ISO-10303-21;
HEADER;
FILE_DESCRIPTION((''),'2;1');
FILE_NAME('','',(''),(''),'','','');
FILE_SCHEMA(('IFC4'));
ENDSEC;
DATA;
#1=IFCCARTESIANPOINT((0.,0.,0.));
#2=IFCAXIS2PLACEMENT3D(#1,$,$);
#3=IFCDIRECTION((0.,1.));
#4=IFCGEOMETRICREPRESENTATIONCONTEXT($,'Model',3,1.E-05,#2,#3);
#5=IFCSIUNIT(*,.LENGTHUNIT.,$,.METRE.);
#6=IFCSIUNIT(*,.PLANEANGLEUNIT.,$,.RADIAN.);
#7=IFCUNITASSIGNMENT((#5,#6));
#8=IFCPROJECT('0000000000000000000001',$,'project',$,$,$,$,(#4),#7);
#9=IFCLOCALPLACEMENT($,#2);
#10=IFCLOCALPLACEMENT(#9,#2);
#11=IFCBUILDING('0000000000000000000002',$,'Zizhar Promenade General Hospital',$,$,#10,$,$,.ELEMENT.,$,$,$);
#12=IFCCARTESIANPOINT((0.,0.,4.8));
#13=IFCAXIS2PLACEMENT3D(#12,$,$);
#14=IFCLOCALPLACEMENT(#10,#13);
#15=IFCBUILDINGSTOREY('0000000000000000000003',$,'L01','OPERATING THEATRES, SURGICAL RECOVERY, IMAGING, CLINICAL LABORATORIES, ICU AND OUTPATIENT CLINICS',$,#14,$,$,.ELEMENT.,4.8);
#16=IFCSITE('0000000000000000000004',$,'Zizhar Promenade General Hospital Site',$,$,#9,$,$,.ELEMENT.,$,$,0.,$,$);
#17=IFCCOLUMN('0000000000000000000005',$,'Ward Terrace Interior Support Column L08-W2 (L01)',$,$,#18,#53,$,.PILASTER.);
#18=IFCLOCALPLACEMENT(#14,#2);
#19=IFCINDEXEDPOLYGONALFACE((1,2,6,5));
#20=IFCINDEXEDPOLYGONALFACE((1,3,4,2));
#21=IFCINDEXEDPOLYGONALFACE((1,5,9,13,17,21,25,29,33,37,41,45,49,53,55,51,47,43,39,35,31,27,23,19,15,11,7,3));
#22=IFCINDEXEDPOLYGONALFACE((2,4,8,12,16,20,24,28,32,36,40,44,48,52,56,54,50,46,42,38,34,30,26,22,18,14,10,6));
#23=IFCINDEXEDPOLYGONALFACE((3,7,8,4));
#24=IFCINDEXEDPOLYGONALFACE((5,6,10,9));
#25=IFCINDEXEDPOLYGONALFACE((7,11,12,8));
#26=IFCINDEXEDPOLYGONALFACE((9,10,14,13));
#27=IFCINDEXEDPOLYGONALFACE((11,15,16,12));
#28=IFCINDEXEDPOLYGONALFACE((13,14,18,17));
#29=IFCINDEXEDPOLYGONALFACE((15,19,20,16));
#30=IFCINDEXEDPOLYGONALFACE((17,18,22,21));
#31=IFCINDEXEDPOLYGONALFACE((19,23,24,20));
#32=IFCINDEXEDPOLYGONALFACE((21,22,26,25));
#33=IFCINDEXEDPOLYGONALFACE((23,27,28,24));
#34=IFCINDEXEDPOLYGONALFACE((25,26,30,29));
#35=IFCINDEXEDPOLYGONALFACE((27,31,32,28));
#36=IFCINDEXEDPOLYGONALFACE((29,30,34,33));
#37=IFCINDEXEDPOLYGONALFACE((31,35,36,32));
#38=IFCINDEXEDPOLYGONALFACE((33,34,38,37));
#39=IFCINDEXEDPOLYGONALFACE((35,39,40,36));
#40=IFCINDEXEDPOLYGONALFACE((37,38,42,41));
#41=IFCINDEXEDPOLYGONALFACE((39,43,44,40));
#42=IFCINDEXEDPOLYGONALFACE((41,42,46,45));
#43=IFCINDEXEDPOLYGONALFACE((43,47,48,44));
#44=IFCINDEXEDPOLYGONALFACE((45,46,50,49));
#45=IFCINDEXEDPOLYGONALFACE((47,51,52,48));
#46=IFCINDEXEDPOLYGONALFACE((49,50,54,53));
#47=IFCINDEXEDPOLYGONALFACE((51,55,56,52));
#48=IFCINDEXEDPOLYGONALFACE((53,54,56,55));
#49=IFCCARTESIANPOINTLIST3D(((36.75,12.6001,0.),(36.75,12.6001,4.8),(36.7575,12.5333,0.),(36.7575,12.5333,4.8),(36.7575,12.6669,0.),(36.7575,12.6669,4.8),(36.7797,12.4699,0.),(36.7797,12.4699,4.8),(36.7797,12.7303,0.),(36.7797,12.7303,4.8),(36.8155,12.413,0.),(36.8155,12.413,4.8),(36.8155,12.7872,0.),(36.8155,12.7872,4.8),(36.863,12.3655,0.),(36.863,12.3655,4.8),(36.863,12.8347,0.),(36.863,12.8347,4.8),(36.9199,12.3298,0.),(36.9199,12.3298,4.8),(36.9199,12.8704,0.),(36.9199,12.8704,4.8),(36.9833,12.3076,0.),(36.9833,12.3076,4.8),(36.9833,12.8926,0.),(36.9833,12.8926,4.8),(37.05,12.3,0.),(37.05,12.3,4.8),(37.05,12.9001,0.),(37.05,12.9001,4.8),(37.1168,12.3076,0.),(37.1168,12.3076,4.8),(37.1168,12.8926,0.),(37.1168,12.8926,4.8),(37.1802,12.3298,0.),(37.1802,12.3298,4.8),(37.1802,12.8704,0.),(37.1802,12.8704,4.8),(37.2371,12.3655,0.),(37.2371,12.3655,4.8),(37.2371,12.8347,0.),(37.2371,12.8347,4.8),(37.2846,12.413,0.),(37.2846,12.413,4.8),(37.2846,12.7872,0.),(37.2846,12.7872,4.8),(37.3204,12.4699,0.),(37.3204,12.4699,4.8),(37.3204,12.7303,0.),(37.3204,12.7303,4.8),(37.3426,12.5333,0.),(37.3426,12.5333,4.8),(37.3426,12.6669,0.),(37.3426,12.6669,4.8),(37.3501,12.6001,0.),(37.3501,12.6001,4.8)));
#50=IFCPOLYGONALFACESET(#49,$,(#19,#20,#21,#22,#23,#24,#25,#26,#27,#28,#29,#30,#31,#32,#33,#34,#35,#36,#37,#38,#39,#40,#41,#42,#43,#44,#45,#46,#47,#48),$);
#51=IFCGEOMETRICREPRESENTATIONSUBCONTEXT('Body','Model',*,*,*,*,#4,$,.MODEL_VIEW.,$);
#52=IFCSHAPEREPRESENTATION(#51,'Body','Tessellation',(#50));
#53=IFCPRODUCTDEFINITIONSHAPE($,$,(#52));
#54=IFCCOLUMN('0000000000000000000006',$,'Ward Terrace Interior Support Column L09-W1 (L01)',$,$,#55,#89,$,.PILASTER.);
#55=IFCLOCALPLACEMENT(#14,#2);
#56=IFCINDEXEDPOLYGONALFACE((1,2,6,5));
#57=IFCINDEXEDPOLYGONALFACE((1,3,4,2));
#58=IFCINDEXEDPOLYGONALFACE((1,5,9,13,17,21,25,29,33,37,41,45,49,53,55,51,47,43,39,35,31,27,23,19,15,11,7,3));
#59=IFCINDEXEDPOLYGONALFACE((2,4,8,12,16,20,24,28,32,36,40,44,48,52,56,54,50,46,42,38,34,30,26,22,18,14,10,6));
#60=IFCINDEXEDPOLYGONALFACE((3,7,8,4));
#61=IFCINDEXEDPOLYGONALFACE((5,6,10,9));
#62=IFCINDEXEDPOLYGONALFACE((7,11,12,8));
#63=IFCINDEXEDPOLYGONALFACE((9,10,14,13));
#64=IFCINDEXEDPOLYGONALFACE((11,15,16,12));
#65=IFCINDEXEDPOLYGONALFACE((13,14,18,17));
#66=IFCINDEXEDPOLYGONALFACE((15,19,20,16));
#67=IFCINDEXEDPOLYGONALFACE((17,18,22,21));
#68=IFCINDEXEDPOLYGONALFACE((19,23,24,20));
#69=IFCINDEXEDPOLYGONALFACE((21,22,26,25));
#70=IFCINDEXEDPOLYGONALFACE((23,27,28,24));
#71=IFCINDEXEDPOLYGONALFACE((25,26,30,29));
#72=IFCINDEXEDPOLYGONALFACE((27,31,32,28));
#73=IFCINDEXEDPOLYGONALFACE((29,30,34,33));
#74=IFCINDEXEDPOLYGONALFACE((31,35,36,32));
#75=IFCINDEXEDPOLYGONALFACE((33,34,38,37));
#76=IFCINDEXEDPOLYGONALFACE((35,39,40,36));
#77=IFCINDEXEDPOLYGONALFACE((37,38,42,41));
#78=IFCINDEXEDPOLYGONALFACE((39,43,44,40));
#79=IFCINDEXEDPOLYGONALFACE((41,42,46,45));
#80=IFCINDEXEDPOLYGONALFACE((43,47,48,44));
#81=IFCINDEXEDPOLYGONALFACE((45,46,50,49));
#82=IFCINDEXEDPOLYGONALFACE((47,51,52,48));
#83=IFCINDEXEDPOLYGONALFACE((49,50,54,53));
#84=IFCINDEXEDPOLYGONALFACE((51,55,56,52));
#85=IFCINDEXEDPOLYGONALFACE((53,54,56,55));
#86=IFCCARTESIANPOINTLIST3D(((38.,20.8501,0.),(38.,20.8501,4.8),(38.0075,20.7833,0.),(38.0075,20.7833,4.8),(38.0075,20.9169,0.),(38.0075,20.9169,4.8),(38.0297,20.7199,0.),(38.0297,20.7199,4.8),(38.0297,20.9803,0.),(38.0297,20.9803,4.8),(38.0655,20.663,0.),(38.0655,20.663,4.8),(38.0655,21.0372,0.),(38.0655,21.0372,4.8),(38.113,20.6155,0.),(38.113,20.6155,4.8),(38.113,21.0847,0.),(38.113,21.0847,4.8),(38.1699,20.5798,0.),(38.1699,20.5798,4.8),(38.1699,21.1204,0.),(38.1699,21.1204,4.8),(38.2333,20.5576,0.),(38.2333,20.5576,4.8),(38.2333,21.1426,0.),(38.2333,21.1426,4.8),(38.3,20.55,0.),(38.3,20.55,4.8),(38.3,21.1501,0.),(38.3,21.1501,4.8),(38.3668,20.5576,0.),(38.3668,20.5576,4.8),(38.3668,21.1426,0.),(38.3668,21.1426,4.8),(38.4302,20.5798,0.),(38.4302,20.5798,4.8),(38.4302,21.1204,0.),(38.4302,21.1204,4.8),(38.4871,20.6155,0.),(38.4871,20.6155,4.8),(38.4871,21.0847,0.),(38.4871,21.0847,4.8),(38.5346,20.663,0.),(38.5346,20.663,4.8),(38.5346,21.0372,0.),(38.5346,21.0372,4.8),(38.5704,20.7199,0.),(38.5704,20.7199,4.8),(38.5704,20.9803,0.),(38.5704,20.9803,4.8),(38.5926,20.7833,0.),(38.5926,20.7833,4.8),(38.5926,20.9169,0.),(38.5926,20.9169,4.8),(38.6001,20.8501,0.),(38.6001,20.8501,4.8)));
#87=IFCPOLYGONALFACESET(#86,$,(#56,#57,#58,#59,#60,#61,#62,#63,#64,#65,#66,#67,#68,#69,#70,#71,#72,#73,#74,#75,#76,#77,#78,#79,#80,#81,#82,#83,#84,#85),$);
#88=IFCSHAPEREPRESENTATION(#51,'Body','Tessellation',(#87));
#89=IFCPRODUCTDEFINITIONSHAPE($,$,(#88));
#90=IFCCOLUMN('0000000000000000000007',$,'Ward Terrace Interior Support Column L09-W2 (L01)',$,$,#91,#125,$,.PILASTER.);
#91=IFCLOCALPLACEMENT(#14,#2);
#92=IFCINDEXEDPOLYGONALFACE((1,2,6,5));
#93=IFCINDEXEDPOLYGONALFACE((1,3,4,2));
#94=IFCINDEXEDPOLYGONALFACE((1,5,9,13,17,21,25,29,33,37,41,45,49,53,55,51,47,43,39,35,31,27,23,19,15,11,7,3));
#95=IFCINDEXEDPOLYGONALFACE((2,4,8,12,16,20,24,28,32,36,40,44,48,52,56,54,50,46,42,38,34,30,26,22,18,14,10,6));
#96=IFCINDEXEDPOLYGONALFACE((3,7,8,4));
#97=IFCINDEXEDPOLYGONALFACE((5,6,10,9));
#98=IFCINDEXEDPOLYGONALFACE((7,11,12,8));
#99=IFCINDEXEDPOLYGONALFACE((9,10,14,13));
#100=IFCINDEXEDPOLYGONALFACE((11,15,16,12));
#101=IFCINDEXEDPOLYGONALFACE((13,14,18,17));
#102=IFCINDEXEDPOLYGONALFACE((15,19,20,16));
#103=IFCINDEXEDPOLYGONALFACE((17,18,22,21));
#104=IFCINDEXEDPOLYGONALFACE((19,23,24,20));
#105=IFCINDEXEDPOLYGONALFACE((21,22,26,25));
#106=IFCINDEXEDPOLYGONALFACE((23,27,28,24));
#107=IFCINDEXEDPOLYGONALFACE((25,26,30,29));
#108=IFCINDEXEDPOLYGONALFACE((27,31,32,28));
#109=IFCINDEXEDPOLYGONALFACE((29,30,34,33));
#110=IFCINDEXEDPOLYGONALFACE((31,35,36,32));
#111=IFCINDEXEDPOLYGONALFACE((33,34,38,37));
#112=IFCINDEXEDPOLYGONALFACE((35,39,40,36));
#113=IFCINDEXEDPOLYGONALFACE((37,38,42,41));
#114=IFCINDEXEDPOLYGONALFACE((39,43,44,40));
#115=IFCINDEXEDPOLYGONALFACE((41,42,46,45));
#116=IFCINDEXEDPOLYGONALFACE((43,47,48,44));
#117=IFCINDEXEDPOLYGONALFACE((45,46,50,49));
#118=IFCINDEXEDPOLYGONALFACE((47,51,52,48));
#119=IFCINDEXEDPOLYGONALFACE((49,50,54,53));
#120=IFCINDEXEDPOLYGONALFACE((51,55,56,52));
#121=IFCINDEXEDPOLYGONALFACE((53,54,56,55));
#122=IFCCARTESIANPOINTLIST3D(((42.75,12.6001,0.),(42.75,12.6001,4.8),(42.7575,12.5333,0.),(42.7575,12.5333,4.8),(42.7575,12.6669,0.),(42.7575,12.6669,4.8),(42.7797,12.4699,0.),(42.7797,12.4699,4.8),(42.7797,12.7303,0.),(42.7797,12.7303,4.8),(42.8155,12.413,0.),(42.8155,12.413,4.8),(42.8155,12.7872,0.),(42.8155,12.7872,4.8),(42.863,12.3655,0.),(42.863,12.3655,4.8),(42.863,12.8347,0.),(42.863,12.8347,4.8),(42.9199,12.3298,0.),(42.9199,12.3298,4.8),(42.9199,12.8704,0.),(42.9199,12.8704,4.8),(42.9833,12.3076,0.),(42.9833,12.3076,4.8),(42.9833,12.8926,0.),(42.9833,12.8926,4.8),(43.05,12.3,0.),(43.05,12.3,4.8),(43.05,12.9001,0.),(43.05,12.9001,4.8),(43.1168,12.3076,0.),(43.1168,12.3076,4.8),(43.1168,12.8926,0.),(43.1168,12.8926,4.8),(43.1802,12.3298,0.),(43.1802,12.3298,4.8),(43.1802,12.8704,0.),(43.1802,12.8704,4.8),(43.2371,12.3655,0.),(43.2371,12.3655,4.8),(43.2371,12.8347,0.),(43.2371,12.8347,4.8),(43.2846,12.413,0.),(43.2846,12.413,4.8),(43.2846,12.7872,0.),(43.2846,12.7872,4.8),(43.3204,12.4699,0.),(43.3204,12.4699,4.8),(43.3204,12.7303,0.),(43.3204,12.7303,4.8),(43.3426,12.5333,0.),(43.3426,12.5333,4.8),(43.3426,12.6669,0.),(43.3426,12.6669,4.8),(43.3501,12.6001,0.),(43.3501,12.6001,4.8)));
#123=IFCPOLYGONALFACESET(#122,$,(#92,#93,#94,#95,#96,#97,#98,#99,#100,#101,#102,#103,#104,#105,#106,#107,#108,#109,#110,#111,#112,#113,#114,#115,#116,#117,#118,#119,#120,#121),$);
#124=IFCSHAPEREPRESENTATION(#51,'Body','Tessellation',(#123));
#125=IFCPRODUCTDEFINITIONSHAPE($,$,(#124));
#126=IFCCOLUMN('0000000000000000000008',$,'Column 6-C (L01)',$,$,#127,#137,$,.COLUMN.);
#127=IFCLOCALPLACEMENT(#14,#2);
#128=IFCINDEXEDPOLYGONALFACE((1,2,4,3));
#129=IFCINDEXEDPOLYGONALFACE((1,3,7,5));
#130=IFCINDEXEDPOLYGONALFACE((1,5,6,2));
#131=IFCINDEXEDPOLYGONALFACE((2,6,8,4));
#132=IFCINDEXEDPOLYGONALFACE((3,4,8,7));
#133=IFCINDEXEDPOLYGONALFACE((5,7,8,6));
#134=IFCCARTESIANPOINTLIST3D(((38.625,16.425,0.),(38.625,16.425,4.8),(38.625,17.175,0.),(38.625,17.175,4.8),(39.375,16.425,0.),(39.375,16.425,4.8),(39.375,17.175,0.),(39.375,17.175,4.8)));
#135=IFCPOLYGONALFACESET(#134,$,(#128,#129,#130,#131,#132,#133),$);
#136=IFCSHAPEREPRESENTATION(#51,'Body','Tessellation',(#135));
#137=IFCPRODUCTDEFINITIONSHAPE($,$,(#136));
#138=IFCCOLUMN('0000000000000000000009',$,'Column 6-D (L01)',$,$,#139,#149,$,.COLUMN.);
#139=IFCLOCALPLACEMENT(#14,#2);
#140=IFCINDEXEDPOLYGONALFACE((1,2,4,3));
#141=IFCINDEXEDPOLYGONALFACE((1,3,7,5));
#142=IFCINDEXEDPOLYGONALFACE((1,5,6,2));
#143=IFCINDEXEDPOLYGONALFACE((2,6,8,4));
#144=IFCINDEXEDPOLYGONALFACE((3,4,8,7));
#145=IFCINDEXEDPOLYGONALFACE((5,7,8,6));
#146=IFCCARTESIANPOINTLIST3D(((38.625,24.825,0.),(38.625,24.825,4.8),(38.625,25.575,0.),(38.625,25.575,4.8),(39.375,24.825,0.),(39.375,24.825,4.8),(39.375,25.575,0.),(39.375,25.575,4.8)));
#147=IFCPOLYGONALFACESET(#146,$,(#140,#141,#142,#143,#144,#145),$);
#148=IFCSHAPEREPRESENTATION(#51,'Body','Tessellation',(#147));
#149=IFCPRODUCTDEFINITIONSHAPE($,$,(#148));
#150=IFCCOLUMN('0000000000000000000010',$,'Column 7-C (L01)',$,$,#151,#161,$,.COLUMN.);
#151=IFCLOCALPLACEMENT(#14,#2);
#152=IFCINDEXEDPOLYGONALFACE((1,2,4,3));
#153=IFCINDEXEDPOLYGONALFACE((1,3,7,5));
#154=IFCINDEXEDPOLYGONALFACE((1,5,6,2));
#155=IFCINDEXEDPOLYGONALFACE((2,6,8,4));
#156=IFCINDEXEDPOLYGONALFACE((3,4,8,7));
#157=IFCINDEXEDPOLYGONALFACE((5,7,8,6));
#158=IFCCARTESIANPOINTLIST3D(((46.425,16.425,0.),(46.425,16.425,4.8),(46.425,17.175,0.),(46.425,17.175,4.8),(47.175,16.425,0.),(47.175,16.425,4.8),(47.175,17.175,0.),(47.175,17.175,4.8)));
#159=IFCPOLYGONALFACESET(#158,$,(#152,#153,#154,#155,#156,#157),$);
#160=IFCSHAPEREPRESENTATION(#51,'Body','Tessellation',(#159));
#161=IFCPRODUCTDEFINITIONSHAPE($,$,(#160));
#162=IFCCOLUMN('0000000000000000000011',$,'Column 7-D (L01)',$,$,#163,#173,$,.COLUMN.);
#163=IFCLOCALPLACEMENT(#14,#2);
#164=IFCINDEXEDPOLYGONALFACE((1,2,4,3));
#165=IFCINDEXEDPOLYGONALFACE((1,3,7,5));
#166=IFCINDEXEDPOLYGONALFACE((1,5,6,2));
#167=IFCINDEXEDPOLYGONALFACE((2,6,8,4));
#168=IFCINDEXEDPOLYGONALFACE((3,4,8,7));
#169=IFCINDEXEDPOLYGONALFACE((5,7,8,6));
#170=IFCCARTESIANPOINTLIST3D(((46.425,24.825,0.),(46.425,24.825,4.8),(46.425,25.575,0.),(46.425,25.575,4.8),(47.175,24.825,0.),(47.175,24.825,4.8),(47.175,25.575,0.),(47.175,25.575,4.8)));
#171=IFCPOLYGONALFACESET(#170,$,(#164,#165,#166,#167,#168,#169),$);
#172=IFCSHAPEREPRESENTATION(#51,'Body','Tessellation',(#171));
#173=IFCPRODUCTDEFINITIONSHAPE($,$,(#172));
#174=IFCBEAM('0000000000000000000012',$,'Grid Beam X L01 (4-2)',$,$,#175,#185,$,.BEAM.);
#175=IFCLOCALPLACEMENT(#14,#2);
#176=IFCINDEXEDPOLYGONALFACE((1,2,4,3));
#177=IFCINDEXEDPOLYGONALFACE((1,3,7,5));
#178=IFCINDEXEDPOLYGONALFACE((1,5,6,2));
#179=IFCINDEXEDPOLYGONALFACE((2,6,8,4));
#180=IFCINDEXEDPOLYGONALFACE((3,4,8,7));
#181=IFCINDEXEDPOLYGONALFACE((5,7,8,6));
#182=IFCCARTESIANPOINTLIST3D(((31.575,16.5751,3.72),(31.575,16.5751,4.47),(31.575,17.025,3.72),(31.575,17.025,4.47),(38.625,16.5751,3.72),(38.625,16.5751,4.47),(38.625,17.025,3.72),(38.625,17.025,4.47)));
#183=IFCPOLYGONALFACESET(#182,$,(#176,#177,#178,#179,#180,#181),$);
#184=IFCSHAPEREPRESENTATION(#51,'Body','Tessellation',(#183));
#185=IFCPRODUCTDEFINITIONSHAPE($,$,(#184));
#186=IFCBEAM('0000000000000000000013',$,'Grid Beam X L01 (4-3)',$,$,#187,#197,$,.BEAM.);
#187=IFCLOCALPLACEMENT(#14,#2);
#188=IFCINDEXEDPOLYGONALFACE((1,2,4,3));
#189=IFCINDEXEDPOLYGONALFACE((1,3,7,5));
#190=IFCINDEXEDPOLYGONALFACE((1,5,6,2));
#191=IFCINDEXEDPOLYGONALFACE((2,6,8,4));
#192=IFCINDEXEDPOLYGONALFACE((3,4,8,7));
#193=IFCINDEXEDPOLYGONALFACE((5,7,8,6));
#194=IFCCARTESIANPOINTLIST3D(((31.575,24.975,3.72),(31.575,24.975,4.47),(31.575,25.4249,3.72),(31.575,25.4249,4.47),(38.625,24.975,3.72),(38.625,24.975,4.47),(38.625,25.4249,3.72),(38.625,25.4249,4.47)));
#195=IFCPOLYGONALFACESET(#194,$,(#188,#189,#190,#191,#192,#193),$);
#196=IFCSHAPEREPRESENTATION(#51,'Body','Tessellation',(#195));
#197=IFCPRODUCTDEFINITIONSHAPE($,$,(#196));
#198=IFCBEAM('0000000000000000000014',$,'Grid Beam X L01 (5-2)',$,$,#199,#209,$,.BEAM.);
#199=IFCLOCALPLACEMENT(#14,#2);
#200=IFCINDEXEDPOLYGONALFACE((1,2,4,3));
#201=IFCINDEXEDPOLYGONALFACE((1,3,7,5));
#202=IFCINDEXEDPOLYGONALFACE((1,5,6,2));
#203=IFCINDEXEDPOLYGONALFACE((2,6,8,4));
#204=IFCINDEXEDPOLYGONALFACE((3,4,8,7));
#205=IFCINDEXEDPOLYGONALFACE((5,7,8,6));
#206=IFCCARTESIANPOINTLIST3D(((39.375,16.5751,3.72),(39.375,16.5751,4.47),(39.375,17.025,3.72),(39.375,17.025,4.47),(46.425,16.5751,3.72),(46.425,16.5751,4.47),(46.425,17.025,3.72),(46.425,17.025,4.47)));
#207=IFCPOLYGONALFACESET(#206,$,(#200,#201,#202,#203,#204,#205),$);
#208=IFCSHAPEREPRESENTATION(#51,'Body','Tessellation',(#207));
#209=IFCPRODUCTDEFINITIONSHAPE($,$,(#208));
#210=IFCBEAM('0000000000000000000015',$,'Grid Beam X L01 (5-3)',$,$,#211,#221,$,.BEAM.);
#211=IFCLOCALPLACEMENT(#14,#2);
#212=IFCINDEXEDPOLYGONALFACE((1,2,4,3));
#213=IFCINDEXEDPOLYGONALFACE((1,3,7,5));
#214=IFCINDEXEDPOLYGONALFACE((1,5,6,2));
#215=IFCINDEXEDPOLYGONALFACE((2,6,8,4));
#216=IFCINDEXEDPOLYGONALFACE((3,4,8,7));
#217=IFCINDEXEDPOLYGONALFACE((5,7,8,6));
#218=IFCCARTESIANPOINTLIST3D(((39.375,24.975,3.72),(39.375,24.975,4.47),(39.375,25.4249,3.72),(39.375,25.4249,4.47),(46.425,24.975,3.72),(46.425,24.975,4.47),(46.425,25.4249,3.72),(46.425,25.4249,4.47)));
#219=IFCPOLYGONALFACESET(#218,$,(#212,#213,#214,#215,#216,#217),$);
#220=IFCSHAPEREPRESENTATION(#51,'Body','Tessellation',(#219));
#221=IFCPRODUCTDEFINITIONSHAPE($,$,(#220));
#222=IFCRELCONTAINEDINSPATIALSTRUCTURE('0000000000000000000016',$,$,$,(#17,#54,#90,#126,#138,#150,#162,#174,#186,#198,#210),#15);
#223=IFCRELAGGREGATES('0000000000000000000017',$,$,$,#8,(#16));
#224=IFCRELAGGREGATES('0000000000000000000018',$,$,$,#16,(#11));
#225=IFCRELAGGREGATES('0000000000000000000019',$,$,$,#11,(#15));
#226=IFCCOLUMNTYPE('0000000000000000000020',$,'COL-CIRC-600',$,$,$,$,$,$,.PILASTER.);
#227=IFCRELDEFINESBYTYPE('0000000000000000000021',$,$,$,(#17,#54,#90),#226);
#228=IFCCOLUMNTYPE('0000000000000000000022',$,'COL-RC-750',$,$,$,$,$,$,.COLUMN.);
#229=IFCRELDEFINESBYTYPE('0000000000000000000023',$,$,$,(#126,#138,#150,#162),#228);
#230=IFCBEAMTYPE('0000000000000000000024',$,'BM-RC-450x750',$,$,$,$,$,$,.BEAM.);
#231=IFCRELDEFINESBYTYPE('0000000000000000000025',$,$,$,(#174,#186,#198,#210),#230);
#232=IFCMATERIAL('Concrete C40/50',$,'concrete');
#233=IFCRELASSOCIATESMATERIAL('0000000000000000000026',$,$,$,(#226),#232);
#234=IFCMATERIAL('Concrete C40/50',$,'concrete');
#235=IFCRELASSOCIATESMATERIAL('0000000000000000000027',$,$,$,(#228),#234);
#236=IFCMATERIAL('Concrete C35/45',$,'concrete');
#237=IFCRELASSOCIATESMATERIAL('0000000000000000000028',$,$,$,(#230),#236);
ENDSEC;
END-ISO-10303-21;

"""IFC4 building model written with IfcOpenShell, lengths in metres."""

from ifc_helpers import new_model, si_unit, direction, frame, origin, origin_2d, place, context, subcontext, project, spatial, rectangle, circle, extrude, material, material_profile, profile_set, type_object, element, save


model = new_model("IFC4")

# Units and contexts
model_context = context("Model", 3, precision=1e-05, world=origin(), true_north=direction((0.0, 1.0)))
body_context = subcontext(model_context, "Body", "Model", "MODEL_VIEW")
ifc_project = project(units=[si_unit("LENGTHUNIT", "METRE"), si_unit("PLANEANGLEUNIT", "RADIAN")], contexts=[model_context])

# Site, building, storey
site_placement = place(None, origin())
site = spatial("IfcSite", under=ifc_project, at=site_placement, Name="Zizhar Promenade General Hospital Site", CompositionType="ELEMENT", RefElevation=0.0)
building_placement = place(site_placement, origin())
building = spatial("IfcBuilding", under=site, at=building_placement, Name="Zizhar Promenade General Hospital", CompositionType="ELEMENT")
storey_placement = place(building_placement, frame((0.0, 0.0, 4.8)))
storey = spatial("IfcBuildingStorey", under=building, at=storey_placement, Name="L01", Description="OPERATING THEATRES, SURGICAL RECOVERY, IMAGING, CLINICAL LABORATORIES, ICU AND OUTPATIENT CLINICS", CompositionType="ELEMENT", Elevation=4.8)

# Columns
ifc_material_1 = material(Name="Concrete C40/50", Category="concrete")
ifc_material_profile_1 = material_profile(ifc_material_1, circle(Radius=0.3, at=origin_2d()))
ifc_profile_set_1 = profile_set([ifc_material_profile_1], Name="Concrete C40/50")
column_type_1 = type_object("IfcColumnType", Name="COL-CIRC-600", PredefinedType="PILASTER", material=ifc_profile_set_1)
for number, where, z_axis, x_axis, name in (
    (1, (37.05, 12.6001, 0.0), (0.0, 0.0, 1.0), (1.0, 0.0, 0.0), "Ward Terrace Interior Support Column L08-W2 (L01)"),
    (2, (38.3, 20.8501, 0.0), (0.0, 0.0, 1.0), (1.0, 0.0, 0.0), "Ward Terrace Interior Support Column L09-W1 (L01)"),
    (3, (43.05, 12.6001, 0.0), (0.0, 0.0, 1.0), (1.0, 0.0, 0.0), "Ward Terrace Interior Support Column L09-W2 (L01)"),
):
    element("IfcColumn", number, at=place(storey_placement, frame(where, z_axis=z_axis, x_axis=x_axis)), inside=storey, type_object=column_type_1, Name=name, PredefinedType="PILASTER", context=body_context, shape_type="SweptSolid", body=[
        extrude(circle(Radius=0.3, at=origin_2d()), origin(), (0.0, 0.0, 1.0), 4.8),
    ])
ifc_material_2 = material(Name="Concrete C40/50", Category="concrete")
ifc_material_profile_2 = material_profile(ifc_material_2, rectangle(XDim=0.75, YDim=0.75, at=origin_2d()))
ifc_profile_set_2 = profile_set([ifc_material_profile_2], Name="Concrete C40/50")
column_type_2 = type_object("IfcColumnType", Name="COL-RC-750", PredefinedType="COLUMN", material=ifc_profile_set_2)
for number, where, z_axis, x_axis, name in (
    (4, (39.0, 16.8, 0.0), (0.0, 0.0, 1.0), (1.0, 0.0, 0.0), "Column 6-C (L01)"),
    (5, (39.0, 25.2, 0.0), (0.0, 0.0, 1.0), (1.0, 0.0, 0.0), "Column 6-D (L01)"),
    (6, (46.8, 16.8, 0.0), (0.0, 0.0, 1.0), (1.0, 0.0, 0.0), "Column 7-C (L01)"),
    (7, (46.8, 25.2, 0.0), (0.0, 0.0, 1.0), (1.0, 0.0, 0.0), "Column 7-D (L01)"),
):
    element("IfcColumn", number, at=place(storey_placement, frame(where, z_axis=z_axis, x_axis=x_axis)), inside=storey, type_object=column_type_2, Name=name, PredefinedType="COLUMN", context=body_context, shape_type="SweptSolid", body=[
        extrude(rectangle(XDim=0.75, YDim=0.75, at=origin_2d()), origin(), (0.0, 0.0, 1.0), 4.8),
    ])

# Beams
ifc_material_3 = material(Name="Concrete C35/45", Category="concrete")
ifc_material_profile_3 = material_profile(ifc_material_3, rectangle(XDim=0.45, YDim=0.75, at=origin_2d()))
ifc_profile_set_3 = profile_set([ifc_material_profile_3], Name="Concrete C35/45")
beam_type_1 = type_object("IfcBeamType", Name="BM-RC-450x750", PredefinedType="BEAM", material=ifc_profile_set_3)
for number, where, z_axis, x_axis, name in (
    (8, (31.575, 16.8, 4.095), (1.0, 0.0, 0.0), (0.0, 1.0, 0.0), "Grid Beam X L01 (4-2)"),
    (9, (31.575, 25.2, 4.095), (1.0, 0.0, 0.0), (0.0, 1.0, 0.0), "Grid Beam X L01 (4-3)"),
    (10, (39.375, 16.8, 4.095), (1.0, 0.0, 0.0), (0.0, 1.0, 0.0), "Grid Beam X L01 (5-2)"),
    (11, (39.375, 25.2, 4.095), (1.0, 0.0, 0.0), (0.0, 1.0, 0.0), "Grid Beam X L01 (5-3)"),
):
    element("IfcBeam", number, at=place(storey_placement, frame(where, z_axis=z_axis, x_axis=x_axis)), inside=storey, type_object=beam_type_1, Name=name, PredefinedType="BEAM", context=body_context, shape_type="SweptSolid", body=[
        extrude(rectangle(XDim=0.45, YDim=0.75, at=origin_2d()), origin(), (0.0, 0.0, 1.0), 7.05),
    ])

save(model, "model.ifc")
